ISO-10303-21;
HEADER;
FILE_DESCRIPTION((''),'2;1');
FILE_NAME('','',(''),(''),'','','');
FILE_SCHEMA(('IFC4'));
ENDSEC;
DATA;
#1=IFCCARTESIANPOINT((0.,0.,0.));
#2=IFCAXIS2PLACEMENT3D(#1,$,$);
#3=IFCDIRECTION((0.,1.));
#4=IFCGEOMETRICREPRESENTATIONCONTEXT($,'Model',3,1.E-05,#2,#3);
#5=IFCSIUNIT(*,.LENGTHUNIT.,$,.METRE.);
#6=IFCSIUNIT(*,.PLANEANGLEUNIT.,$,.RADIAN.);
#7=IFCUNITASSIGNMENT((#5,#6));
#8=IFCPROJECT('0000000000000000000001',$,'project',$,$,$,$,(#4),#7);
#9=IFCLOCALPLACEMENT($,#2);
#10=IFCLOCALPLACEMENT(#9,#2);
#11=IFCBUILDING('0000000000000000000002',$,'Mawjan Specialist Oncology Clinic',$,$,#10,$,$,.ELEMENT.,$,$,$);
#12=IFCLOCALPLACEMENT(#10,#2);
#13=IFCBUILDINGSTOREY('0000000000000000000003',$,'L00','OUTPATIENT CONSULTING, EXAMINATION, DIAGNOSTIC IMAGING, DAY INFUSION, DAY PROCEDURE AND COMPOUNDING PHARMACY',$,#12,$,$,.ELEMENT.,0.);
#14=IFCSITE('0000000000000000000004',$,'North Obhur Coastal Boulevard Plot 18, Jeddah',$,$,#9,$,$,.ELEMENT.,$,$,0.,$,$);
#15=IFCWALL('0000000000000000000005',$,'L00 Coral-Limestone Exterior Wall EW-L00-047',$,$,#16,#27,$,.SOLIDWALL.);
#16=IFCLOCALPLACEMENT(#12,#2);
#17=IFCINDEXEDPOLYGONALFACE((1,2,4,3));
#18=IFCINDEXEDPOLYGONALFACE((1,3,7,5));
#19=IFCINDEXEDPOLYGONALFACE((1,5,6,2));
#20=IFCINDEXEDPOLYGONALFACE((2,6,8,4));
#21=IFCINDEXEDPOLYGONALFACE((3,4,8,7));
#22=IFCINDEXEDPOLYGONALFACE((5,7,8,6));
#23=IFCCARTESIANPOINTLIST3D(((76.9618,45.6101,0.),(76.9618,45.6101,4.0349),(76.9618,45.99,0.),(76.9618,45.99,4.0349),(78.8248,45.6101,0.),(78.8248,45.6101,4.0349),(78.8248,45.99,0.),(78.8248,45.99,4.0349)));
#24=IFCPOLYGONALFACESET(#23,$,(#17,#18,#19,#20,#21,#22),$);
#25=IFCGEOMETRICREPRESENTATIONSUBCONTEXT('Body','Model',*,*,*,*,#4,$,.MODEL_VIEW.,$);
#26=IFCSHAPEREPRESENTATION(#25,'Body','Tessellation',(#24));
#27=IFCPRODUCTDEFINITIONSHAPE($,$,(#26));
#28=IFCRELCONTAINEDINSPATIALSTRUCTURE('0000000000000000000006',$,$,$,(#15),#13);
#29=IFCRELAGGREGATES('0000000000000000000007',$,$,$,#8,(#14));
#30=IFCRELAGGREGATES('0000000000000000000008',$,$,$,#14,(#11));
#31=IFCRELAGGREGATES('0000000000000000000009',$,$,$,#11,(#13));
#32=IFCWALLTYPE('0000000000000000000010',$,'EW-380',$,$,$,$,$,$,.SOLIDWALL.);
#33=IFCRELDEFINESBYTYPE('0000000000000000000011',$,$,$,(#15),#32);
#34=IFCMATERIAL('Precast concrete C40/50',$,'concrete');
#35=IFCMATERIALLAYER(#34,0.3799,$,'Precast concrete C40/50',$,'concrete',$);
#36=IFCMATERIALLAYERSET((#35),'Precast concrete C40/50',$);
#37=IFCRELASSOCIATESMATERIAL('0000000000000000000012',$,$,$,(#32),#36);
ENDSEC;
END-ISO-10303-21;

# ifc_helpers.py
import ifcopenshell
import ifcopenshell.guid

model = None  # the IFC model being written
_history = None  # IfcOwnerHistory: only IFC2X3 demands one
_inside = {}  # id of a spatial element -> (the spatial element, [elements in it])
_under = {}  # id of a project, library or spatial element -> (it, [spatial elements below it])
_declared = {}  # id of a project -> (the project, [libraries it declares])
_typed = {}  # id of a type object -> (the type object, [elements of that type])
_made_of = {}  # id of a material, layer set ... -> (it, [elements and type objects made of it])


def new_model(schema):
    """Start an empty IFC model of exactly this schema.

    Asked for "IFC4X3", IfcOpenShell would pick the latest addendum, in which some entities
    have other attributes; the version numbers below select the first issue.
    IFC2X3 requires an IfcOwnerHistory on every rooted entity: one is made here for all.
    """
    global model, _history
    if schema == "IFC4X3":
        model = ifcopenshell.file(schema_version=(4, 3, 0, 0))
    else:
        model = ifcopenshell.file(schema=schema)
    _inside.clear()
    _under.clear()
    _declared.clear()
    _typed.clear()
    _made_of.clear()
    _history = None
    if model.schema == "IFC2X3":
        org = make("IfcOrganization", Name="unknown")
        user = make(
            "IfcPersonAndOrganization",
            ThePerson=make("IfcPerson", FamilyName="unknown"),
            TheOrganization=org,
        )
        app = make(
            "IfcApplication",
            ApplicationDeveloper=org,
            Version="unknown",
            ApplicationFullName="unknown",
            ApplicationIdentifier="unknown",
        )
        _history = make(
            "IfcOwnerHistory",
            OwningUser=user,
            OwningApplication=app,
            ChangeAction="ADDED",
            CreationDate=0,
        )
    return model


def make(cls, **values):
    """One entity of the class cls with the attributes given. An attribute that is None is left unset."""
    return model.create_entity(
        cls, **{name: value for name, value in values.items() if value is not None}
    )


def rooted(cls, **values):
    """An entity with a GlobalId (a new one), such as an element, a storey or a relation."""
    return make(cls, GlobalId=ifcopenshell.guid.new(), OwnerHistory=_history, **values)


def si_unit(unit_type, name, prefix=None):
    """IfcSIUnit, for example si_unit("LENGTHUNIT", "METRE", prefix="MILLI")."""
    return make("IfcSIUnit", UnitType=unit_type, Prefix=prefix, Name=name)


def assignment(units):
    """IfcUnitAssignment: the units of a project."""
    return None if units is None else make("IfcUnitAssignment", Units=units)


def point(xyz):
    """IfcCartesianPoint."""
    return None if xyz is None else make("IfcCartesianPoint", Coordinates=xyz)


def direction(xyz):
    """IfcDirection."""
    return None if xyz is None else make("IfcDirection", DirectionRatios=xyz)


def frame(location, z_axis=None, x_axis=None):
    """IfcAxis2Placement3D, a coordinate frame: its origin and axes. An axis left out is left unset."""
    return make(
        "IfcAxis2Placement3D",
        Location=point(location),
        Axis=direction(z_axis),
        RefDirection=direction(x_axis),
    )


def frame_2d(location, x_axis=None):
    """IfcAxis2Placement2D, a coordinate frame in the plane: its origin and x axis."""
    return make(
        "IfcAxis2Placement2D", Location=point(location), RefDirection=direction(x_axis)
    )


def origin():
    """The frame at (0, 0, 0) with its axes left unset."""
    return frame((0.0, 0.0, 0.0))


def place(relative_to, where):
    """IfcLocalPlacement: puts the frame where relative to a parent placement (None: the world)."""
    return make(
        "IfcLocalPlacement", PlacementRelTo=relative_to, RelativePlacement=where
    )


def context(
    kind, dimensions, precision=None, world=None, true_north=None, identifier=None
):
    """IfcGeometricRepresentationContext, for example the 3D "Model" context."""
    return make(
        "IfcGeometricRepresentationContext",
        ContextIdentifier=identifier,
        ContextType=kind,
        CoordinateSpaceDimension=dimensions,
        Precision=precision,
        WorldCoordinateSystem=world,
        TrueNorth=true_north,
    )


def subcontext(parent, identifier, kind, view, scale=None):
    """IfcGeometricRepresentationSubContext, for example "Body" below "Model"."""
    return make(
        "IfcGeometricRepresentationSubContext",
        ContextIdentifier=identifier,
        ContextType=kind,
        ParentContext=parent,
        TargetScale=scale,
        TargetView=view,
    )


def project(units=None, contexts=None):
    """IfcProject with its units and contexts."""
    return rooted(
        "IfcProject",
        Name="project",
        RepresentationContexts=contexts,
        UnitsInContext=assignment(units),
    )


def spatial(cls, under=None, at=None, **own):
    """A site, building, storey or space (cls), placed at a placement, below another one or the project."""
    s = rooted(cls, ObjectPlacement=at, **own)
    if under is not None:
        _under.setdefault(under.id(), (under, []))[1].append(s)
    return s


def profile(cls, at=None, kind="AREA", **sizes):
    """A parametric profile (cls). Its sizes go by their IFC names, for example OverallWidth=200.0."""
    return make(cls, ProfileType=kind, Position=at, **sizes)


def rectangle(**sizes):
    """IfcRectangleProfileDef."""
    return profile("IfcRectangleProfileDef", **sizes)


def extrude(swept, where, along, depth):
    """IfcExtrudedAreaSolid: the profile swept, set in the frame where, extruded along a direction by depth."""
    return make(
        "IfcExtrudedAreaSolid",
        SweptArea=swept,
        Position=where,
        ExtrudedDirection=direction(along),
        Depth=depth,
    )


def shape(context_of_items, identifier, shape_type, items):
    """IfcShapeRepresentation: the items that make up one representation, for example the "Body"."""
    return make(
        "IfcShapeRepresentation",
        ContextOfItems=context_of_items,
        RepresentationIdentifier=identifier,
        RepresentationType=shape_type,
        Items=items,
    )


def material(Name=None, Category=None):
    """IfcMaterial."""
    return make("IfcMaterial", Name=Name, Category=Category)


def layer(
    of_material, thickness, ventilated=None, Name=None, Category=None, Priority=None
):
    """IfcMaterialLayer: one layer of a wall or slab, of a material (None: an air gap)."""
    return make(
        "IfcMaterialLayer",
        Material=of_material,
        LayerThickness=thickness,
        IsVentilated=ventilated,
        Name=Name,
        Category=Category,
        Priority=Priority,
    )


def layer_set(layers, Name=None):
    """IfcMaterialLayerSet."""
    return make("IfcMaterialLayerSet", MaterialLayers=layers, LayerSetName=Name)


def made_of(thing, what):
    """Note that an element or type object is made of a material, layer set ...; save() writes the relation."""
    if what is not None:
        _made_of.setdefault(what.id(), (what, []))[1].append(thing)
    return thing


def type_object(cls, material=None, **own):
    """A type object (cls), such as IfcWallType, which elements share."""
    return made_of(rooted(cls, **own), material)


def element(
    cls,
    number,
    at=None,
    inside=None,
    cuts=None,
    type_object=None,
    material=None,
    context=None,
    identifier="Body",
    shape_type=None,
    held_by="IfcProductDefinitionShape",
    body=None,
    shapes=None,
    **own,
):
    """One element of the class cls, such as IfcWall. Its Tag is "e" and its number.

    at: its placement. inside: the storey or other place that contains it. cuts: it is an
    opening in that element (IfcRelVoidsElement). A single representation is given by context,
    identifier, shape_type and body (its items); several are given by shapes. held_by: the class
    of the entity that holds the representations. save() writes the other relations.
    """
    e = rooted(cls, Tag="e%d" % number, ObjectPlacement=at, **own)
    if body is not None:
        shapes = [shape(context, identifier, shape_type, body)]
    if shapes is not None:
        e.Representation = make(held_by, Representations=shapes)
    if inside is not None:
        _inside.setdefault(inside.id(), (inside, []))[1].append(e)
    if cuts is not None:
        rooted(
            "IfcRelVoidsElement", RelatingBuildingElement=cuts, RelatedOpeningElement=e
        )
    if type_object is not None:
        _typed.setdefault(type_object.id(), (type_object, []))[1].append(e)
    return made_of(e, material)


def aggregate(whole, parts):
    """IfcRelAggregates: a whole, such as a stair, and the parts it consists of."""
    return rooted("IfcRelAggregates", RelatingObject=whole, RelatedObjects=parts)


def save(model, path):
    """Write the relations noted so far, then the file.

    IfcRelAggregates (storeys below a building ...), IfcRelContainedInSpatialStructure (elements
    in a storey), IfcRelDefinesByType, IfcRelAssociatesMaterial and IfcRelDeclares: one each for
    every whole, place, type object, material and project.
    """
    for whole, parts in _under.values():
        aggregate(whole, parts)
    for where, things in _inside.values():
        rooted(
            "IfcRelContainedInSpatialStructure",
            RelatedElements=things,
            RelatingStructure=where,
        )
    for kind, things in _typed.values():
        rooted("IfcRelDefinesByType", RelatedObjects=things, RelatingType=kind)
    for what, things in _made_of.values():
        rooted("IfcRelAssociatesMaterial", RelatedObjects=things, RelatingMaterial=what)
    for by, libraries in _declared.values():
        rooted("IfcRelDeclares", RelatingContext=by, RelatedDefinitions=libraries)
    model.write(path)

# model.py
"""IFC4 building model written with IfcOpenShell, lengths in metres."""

from ifc_helpers import new_model, si_unit, direction, frame, frame_2d, origin, place, context, subcontext, project, spatial, rectangle, extrude, material, layer, layer_set, type_object, element, save


model = new_model("IFC4")

# Units and contexts
model_context = context("Model", 3, precision=1e-05, world=origin(), true_north=direction((0.0, 1.0)))
body_context = subcontext(model_context, "Body", "Model", "MODEL_VIEW")
ifc_project = project(units=[si_unit("LENGTHUNIT", "METRE"), si_unit("PLANEANGLEUNIT", "RADIAN")], contexts=[model_context])

# Site, building, storey
site_placement = place(None, origin())
site = spatial("IfcSite", under=ifc_project, at=site_placement, Name="North Obhur Coastal Boulevard Plot 18, Jeddah", CompositionType="ELEMENT", RefElevation=0.0)
building_placement = place(site_placement, origin())
building = spatial("IfcBuilding", under=site, at=building_placement, Name="Mawjan Specialist Oncology Clinic", CompositionType="ELEMENT")
storey_placement = place(building_placement, origin())
storey = spatial("IfcBuildingStorey", under=building, at=storey_placement, Name="L00", Description="OUTPATIENT CONSULTING, EXAMINATION, DIAGNOSTIC IMAGING, DAY INFUSION, DAY PROCEDURE AND COMPOUNDING PHARMACY", CompositionType="ELEMENT", Elevation=0.0)

# Wall
ifc_material_1 = material(Name="Precast concrete C40/50", Category="concrete")
ifc_layer = layer(ifc_material_1, 0.3799, Name="Precast concrete C40/50", Category="concrete")
ifc_layer_set = layer_set([ifc_layer], Name="Precast concrete C40/50")
wall_type = type_object("IfcWallType", Name="EW-380", PredefinedType="SOLIDWALL", material=ifc_layer_set)
for number, where, z_axis, x_axis, name in (
    (1, (78.825, 45.8, 0.0), (0.0, 0.0, 1.0), (-1.0, 0.0, 0.0), "L00 Coral-Limestone Exterior Wall EW-L00-047"),
):
    element("IfcWall", number, at=place(storey_placement, frame(where, z_axis=z_axis, x_axis=x_axis)), inside=storey, type_object=wall_type, Name=name, PredefinedType="SOLIDWALL", context=body_context, shape_type="SweptSolid", body=[
        extrude(rectangle(XDim=1.863, YDim=0.3799, at=frame_2d((0.9316, 0.0))), origin(), (0.0, 0.0, 1.0), 4.0349),
    ])

save(model, "model.ifc")
